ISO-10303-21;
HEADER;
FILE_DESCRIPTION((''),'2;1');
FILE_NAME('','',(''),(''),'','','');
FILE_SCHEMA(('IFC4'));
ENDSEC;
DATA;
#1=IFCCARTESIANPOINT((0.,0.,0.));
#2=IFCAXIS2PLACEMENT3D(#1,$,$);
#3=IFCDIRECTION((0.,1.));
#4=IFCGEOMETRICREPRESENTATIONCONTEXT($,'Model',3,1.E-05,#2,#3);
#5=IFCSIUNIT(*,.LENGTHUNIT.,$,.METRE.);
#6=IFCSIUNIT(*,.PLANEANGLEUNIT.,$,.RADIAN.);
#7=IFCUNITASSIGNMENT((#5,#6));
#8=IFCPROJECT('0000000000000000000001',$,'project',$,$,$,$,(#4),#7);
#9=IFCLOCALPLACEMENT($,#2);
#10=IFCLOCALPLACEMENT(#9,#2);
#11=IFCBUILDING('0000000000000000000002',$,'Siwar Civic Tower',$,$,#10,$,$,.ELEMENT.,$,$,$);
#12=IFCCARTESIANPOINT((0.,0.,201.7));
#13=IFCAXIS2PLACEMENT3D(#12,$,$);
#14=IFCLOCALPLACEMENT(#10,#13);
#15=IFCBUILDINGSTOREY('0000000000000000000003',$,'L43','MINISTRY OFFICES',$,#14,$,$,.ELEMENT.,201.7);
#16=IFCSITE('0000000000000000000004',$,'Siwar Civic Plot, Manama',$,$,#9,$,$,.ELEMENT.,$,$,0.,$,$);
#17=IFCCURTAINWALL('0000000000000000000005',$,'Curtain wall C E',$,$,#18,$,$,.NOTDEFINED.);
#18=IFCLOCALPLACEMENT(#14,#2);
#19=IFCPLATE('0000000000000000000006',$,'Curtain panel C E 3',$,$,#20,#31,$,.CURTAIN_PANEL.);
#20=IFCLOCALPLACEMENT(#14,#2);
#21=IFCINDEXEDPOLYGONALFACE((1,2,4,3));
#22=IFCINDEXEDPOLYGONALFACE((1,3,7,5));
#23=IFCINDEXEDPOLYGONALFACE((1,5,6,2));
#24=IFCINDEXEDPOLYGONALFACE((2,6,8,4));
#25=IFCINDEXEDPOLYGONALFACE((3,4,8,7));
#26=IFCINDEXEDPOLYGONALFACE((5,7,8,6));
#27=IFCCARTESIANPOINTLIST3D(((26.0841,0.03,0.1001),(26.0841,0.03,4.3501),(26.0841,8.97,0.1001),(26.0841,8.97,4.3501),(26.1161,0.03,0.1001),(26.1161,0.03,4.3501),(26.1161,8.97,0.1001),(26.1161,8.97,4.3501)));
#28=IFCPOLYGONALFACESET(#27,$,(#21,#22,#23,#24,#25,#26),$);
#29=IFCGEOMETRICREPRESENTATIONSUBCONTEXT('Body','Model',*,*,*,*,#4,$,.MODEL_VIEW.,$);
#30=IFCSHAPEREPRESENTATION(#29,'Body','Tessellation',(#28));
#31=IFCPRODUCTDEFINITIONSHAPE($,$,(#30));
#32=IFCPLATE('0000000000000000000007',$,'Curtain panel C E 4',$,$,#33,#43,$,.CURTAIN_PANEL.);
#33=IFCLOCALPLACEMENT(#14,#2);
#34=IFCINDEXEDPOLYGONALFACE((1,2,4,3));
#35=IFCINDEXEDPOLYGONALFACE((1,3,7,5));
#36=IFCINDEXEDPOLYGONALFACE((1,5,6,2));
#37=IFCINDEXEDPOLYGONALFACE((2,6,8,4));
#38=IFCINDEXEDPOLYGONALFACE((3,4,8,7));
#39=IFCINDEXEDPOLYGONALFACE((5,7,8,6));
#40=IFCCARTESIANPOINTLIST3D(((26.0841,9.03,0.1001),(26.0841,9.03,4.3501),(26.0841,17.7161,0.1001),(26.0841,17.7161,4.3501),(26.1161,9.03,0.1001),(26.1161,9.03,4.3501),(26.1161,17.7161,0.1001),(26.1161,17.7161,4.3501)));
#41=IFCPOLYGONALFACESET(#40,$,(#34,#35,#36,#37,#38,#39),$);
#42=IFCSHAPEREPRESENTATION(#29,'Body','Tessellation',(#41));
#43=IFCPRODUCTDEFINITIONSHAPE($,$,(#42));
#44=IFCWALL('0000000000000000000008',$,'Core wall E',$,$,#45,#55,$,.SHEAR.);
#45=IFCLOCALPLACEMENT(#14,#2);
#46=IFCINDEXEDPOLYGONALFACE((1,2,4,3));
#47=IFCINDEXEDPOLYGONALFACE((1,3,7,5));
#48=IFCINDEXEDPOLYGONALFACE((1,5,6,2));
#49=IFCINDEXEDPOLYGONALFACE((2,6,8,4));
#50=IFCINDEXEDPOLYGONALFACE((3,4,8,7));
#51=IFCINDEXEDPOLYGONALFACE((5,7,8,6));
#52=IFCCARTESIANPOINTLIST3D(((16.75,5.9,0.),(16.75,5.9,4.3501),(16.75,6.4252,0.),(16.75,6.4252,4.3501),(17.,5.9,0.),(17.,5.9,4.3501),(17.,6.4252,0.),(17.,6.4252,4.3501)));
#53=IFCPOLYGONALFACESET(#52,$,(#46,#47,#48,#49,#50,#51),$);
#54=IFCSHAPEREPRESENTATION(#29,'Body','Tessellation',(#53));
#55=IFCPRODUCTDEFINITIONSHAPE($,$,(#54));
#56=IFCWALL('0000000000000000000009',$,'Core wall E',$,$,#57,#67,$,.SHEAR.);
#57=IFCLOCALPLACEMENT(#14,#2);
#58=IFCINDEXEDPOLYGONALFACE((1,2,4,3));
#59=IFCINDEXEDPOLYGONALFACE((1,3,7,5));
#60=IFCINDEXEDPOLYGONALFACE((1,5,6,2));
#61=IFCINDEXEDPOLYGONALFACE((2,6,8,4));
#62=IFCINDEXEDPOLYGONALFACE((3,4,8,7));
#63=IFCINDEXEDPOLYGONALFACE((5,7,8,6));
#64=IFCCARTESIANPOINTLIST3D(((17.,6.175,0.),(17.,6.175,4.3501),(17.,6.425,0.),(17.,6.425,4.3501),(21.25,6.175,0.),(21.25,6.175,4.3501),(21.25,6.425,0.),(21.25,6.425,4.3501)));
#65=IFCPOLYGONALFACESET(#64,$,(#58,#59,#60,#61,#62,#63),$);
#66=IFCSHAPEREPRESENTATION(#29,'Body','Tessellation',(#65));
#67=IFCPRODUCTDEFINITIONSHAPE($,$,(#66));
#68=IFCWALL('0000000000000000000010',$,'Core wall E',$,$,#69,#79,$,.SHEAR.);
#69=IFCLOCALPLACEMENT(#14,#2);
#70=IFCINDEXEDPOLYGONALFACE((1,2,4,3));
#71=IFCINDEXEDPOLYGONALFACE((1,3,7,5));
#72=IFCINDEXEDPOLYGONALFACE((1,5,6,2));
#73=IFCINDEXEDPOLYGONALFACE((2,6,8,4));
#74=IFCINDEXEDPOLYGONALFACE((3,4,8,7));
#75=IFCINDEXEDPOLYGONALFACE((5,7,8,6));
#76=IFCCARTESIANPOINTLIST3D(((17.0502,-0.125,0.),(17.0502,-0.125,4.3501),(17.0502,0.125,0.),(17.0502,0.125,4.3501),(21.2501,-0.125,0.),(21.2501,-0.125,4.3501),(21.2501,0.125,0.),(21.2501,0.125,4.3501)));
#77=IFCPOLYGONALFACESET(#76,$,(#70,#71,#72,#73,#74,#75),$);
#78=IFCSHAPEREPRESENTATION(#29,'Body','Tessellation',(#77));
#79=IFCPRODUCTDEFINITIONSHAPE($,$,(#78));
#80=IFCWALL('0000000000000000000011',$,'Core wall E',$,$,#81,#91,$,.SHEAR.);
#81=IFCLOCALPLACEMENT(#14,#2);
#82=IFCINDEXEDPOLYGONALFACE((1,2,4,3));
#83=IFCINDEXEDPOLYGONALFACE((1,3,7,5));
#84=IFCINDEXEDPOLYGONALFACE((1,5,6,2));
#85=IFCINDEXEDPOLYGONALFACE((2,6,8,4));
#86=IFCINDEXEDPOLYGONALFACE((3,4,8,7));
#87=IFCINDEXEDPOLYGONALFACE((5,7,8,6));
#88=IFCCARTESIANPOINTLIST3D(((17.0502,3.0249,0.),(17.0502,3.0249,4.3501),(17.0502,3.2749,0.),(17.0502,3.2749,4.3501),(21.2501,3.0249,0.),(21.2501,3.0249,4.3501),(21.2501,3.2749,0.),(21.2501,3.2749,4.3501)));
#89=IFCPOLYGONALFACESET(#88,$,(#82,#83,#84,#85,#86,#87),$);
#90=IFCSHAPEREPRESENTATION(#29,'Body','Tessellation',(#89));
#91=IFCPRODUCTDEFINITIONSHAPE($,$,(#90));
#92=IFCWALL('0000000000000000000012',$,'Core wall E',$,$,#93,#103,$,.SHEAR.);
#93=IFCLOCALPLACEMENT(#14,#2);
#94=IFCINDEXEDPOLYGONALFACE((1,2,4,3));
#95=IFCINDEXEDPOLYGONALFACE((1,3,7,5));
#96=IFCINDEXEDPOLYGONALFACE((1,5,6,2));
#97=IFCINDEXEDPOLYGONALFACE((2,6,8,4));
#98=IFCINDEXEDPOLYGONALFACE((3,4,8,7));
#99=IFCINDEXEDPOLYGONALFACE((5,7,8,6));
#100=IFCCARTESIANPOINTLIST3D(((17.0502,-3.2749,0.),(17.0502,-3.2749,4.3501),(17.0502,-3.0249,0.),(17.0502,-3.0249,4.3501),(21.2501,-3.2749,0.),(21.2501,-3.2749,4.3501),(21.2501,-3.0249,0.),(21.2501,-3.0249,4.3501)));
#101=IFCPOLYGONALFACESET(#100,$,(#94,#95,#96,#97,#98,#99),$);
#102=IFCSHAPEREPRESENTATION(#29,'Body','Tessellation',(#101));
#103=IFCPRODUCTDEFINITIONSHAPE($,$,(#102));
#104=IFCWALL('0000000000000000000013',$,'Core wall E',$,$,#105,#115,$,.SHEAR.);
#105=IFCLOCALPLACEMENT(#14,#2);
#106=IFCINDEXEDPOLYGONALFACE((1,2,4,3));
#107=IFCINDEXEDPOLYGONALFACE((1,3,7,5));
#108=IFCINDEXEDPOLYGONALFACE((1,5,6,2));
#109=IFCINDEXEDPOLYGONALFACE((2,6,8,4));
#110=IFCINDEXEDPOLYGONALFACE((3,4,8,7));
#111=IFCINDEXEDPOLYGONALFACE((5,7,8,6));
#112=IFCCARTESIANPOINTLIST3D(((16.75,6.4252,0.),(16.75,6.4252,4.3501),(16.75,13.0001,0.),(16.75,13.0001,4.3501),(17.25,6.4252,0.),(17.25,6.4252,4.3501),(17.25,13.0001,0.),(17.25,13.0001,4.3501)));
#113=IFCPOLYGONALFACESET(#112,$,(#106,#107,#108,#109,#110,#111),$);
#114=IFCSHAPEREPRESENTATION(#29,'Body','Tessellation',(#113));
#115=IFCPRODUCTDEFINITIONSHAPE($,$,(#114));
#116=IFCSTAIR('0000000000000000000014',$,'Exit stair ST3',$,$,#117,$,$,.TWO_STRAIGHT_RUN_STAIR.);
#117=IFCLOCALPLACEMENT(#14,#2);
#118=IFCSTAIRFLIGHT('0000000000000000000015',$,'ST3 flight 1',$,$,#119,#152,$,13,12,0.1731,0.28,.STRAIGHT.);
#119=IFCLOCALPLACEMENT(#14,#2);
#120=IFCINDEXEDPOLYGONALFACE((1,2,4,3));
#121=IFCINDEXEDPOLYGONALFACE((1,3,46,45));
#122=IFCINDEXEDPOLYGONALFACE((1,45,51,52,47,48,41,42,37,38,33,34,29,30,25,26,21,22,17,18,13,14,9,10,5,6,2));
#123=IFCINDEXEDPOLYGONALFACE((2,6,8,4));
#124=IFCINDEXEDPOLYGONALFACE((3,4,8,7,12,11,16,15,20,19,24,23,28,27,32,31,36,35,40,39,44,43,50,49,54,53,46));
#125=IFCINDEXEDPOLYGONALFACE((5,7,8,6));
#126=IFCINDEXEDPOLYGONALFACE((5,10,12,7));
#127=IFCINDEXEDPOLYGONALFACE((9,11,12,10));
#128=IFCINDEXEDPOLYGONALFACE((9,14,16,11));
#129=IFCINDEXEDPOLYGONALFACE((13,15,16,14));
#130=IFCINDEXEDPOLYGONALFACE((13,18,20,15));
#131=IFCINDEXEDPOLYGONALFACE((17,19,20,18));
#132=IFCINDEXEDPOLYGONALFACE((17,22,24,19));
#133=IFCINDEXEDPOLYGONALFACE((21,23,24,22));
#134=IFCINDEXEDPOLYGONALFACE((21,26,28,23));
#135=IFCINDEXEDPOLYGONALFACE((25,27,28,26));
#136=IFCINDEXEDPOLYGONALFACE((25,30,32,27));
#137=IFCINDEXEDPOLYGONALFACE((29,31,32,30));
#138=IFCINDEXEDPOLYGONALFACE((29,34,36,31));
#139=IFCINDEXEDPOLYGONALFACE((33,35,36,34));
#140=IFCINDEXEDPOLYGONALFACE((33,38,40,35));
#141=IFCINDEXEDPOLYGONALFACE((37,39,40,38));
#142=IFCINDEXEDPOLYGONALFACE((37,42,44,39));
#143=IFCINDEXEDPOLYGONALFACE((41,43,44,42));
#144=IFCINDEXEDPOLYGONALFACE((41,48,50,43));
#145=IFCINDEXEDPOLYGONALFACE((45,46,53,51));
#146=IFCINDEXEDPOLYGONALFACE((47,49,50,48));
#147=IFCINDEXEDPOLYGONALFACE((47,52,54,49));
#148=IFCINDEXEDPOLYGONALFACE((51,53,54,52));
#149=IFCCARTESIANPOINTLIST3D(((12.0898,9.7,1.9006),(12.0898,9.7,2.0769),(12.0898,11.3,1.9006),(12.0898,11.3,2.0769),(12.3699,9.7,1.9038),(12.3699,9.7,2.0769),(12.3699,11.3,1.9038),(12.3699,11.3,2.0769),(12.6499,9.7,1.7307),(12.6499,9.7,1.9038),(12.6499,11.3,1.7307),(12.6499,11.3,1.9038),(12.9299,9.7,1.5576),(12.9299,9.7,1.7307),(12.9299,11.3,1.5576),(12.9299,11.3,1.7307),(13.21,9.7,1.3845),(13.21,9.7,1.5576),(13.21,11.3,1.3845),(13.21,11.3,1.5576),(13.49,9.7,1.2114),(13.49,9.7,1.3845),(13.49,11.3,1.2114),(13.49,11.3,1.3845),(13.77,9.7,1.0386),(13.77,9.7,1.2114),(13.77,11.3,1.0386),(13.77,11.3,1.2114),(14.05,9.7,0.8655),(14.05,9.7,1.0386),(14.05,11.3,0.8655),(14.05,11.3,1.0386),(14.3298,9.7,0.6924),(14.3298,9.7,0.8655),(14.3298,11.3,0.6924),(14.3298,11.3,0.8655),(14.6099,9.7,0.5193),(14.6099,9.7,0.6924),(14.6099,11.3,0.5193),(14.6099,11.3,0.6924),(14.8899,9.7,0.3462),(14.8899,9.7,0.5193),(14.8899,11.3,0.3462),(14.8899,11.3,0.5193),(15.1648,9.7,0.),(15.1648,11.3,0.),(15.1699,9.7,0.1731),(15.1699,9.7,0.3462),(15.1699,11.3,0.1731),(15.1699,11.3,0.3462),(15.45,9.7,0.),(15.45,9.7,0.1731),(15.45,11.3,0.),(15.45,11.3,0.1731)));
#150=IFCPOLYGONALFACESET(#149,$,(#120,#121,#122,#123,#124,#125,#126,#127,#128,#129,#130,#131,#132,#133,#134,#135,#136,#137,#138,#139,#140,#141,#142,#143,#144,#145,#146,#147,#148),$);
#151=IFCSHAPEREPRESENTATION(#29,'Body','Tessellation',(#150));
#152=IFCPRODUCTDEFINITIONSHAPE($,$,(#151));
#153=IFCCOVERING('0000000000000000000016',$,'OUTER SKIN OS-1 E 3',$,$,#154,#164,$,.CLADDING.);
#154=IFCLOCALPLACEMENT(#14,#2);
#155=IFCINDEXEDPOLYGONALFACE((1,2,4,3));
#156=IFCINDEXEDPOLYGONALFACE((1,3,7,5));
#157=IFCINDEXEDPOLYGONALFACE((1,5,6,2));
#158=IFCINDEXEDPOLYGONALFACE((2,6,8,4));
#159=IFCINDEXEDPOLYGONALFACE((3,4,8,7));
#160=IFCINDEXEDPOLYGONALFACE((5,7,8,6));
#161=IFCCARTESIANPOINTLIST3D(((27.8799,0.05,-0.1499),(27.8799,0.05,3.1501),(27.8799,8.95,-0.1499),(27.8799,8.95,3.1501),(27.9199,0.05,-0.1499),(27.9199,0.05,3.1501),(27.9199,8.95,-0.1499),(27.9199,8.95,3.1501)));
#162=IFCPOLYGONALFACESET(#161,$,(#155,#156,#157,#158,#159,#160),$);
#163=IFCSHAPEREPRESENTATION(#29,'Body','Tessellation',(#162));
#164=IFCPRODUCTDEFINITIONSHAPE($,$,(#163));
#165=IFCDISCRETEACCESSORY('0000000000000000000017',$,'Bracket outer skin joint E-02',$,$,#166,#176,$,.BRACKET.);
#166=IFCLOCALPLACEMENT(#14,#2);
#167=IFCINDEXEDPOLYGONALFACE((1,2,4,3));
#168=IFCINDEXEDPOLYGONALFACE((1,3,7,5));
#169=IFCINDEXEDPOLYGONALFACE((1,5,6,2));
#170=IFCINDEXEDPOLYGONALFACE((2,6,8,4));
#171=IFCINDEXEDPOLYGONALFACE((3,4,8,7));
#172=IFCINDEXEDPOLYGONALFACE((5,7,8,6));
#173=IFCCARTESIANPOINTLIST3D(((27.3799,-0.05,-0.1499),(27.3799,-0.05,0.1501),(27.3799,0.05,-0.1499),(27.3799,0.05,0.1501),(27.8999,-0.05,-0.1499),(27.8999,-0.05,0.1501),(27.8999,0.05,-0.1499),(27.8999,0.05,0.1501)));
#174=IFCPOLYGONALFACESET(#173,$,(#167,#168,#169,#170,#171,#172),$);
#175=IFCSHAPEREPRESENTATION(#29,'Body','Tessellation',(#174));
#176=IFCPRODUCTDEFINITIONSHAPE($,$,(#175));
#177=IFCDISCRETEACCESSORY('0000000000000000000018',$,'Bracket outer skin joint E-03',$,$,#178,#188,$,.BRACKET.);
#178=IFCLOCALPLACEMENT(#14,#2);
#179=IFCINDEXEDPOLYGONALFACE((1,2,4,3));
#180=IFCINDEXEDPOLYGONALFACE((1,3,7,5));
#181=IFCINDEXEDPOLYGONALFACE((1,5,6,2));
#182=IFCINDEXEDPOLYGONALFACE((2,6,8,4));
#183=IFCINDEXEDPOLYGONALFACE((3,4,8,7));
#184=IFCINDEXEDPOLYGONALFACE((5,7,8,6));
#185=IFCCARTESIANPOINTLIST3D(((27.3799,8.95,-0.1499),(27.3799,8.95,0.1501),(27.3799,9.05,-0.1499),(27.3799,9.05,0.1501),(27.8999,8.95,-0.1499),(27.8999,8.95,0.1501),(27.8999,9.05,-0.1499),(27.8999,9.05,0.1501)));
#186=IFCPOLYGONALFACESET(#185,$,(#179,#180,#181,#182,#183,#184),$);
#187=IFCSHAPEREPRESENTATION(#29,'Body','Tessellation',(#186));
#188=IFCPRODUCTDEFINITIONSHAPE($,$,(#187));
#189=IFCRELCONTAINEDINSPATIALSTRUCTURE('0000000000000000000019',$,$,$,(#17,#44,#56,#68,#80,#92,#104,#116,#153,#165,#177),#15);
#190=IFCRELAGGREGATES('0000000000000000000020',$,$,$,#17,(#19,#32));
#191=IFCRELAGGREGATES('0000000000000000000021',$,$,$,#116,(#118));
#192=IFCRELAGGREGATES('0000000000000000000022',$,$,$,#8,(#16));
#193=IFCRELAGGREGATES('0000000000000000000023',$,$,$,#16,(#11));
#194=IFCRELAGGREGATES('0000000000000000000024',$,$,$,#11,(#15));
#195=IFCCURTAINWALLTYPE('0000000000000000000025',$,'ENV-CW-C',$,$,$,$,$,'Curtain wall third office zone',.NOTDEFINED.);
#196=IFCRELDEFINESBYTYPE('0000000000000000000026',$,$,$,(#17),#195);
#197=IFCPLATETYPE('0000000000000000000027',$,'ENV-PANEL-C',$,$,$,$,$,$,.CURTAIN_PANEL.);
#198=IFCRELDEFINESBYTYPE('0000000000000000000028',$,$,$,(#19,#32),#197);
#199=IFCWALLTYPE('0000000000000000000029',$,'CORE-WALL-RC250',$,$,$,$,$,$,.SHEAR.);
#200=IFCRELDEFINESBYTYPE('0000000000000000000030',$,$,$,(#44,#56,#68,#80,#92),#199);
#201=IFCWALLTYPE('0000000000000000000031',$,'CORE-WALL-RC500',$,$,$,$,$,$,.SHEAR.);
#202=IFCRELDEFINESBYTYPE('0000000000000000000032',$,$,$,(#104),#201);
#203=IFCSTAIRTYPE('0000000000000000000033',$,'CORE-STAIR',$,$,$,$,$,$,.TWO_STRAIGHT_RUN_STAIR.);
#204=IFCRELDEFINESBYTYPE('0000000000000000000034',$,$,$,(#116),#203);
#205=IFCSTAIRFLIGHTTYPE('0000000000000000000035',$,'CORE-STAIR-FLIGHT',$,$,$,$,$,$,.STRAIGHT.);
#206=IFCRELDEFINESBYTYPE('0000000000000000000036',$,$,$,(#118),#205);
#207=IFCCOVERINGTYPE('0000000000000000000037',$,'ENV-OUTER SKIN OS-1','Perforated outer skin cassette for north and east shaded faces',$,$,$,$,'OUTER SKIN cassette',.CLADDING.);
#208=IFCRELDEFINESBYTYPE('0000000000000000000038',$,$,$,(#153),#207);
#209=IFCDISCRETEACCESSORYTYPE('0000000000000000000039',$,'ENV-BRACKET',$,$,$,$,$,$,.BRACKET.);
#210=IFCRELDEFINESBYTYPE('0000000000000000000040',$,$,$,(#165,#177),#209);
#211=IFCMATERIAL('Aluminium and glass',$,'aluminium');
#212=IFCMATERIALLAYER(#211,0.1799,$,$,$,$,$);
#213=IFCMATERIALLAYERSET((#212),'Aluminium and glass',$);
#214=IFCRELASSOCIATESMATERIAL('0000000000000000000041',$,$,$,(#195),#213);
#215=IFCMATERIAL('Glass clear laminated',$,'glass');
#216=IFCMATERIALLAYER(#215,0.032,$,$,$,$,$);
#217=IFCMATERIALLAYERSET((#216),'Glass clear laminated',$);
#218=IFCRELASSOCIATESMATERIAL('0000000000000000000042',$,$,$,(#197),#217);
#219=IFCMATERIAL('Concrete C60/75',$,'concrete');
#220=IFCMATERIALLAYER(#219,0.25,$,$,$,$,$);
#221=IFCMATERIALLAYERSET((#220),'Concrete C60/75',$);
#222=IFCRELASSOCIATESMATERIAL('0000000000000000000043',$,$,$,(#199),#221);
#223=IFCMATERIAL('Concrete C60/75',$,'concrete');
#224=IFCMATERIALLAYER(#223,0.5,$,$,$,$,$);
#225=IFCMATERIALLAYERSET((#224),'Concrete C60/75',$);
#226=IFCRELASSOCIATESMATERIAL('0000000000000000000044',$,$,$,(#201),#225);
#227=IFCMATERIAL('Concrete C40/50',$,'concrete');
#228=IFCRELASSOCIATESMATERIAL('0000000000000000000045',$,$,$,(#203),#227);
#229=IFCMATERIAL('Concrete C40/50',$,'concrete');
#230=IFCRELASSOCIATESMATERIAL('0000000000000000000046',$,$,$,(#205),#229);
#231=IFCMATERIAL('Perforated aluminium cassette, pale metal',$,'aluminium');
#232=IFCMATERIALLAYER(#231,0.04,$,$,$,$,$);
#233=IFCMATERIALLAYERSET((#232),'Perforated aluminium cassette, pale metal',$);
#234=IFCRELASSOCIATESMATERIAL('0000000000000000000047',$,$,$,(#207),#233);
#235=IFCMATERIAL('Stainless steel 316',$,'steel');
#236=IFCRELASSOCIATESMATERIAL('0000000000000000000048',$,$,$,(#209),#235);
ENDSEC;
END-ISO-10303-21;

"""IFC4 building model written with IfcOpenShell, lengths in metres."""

from ifc_helpers import new_model, si_unit, direction, frame, frame_2d, origin, origin_2d, place, context, subcontext, project, spatial, polyline, rectangle, outline, extrude, material, layer, layer_set, type_object, element, aggregate, save


model = new_model("IFC4")

# Units and contexts
model_context = context("Model", 3, precision=1e-05, world=origin(), true_north=direction((0.0, 1.0)))
body_context = subcontext(model_context, "Body", "Model", "MODEL_VIEW")
ifc_project = project(units=[si_unit("LENGTHUNIT", "METRE"), si_unit("PLANEANGLEUNIT", "RADIAN")], contexts=[model_context])

# Site, building, storey
site_placement = place(None, origin())
site = spatial("IfcSite", under=ifc_project, at=site_placement, Name="Siwar Civic Plot, Manama", CompositionType="ELEMENT", RefElevation=0.0)
building_placement = place(site_placement, origin())
building = spatial("IfcBuilding", under=site, at=building_placement, Name="Siwar Civic Tower", CompositionType="ELEMENT")
storey_placement = place(building_placement, frame((0.0, 0.0, 201.7)))
storey = spatial("IfcBuildingStorey", under=building, at=storey_placement, Name="L43", Description="MINISTRY OFFICES", CompositionType="ELEMENT", Elevation=201.7)

# Curtain wall
ifc_material_1 = material(Name="Aluminium and glass", Category="aluminium")
ifc_layer_1 = layer(ifc_material_1, 0.1799)
ifc_layer_set_1 = layer_set([ifc_layer_1], Name="Aluminium and glass")
curtain_wall_type = type_object("IfcCurtainWallType", Name="ENV-CW-C", ElementType="Curtain wall third office zone", PredefinedType="NOTDEFINED", material=ifc_layer_set_1)
curtain_wall_placement = place(storey_placement, origin())
curtain_wall = element("IfcCurtainWall", 1, at=curtain_wall_placement, inside=storey, type_object=curtain_wall_type, Name="Curtain wall C E", PredefinedType="NOTDEFINED")

# Plates
ifc_material_2 = material(Name="Glass clear laminated", Category="glass")
ifc_layer_2 = layer(ifc_material_2, 0.032)
ifc_layer_set_2 = layer_set([ifc_layer_2], Name="Glass clear laminated")
plate_type = type_object("IfcPlateType", Name="ENV-PANEL-C", PredefinedType="CURTAIN_PANEL", material=ifc_layer_set_2)
plate_1_placement = place(storey_placement, frame((26.1001, 4.5, 0.1001), z_axis=(0.0, 0.0, 1.0), x_axis=(0.0, 1.0, 0.0)))
plate_1 = element("IfcPlate", 2, at=plate_1_placement, type_object=plate_type, Name="Curtain panel C E 3", PredefinedType="CURTAIN_PANEL", context=body_context, shape_type="SweptSolid", body=[
    extrude(rectangle(XDim=8.9399, YDim=0.032, at=origin_2d()), origin(), (0.0, 0.0, 1.0), 4.25),
])
plate_2_placement = place(storey_placement, frame((26.1001, 13.373, 0.1001), z_axis=(0.0, 0.0, 1.0), x_axis=(0.0, 1.0, 0.0)))
plate_2 = element("IfcPlate", 3, at=plate_2_placement, type_object=plate_type, Name="Curtain panel C E 4", PredefinedType="CURTAIN_PANEL", context=body_context, shape_type="SweptSolid", body=[
    extrude(rectangle(XDim=8.686, YDim=0.032, at=origin_2d()), origin(), (0.0, 0.0, 1.0), 4.25),
])
aggregate(curtain_wall, [plate_1, plate_2])

# Walls
ifc_material_3 = material(Name="Concrete C60/75", Category="concrete")
ifc_layer_3 = layer(ifc_material_3, 0.25)
ifc_layer_set_3 = layer_set([ifc_layer_3], Name="Concrete C60/75")
wall_type_1 = type_object("IfcWallType", Name="CORE-WALL-RC250", PredefinedType="SHEAR", material=ifc_layer_set_3)
wall_1_placement = place(storey_placement, frame((16.875, 5.8999, 0.0), z_axis=(0.0, 0.0, 1.0), x_axis=(0.0, 1.0, 0.0)))
element("IfcWall", 4, at=wall_1_placement, inside=storey, type_object=wall_type_1, Name="Core wall E", PredefinedType="SHEAR", context=body_context, shape_type="SweptSolid", body=[
    extrude(rectangle(XDim=0.5251, YDim=0.25, at=frame_2d((0.2627, 0.0))), origin(), (0.0, 0.0, 1.0), 4.3501),
])
wall_2_placement = place(storey_placement, frame((17.0, 6.3, 0.0), z_axis=(0.0, 0.0, 1.0), x_axis=(1.0, 0.0, 0.0)))
element("IfcWall", 5, at=wall_2_placement, inside=storey, type_object=wall_type_1, Name="Core wall E", PredefinedType="SHEAR", context=body_context, shape_type="SweptSolid", body=[
    extrude(rectangle(XDim=4.25, YDim=0.25, at=frame_2d((2.125, 0.0))), origin(), (0.0, 0.0, 1.0), 4.3501),
])
for number, where, z_axis, x_axis, name in (
    (6, (17.05, 0.0, 0.0), (0.0, 0.0, 1.0), (1.0, 0.0, 0.0), "Core wall E"),
    (7, (17.05, 3.1499, 0.0), (0.0, 0.0, 1.0), (1.0, 0.0, 0.0), "Core wall E"),
    (8, (17.05, -3.1499, 0.0), (0.0, 0.0, 1.0), (1.0, 0.0, 0.0), "Core wall E"),
):
    element("IfcWall", number, at=place(storey_placement, frame(where, z_axis=z_axis, x_axis=x_axis)), inside=storey, type_object=wall_type_1, Name=name, PredefinedType="SHEAR", context=body_context, shape_type="SweptSolid", body=[
        extrude(rectangle(XDim=4.2, YDim=0.25, at=frame_2d((2.1001, 0.0))), origin(), (0.0, 0.0, 1.0), 4.3501),
    ])
ifc_material_4 = material(Name="Concrete C60/75", Category="concrete")
ifc_layer_4 = layer(ifc_material_4, 0.5)
ifc_layer_set_4 = layer_set([ifc_layer_4], Name="Concrete C60/75")
wall_type_2 = type_object("IfcWallType", Name="CORE-WALL-RC500", PredefinedType="SHEAR", material=ifc_layer_set_4)
wall_3_placement = place(storey_placement, frame((17.0, 6.425, 0.0), z_axis=(0.0, 0.0, 1.0), x_axis=(0.0, 1.0, 0.0)))
element("IfcWall", 9, at=wall_3_placement, inside=storey, type_object=wall_type_2, Name="Core wall E", PredefinedType="SHEAR", context=body_context, shape_type="SweptSolid", body=[
    extrude(rectangle(XDim=6.575, YDim=0.5, at=frame_2d((3.2876, 0.0))), origin(), (0.0, 0.0, 1.0), 4.3501),
])

# Stair, stair flight
ifc_material_5 = material(Name="Concrete C40/50", Category="concrete")
stair_type = type_object("IfcStairType", Name="CORE-STAIR", PredefinedType="TWO_STRAIGHT_RUN_STAIR", material=ifc_material_5)
stair_placement = place(storey_placement, origin())
stair = element("IfcStair", 10, at=stair_placement, inside=storey, type_object=stair_type, Name="Exit stair ST3", PredefinedType="TWO_STRAIGHT_RUN_STAIR")
ifc_material_6 = material(Name="Concrete C40/50", Category="concrete")
stair_flight_type = type_object("IfcStairFlightType", Name="CORE-STAIR-FLIGHT", PredefinedType="STRAIGHT", material=ifc_material_6)
stair_flight_placement = place(storey_placement, frame((15.45, 10.5, 0.0), z_axis=(0.0, 0.0, 1.0), x_axis=(-1.0, 0.0, 0.0)))
stair_flight = element("IfcStairFlight", 11, at=stair_flight_placement, type_object=stair_flight_type, Name="ST3 flight 1", NumberOfRisers=13, NumberOfTreads=12, PredefinedType="STRAIGHT", RiserHeight=0.1731, TreadLength=0.28, context=body_context, shape_type="SweptSolid", body=[
    extrude(outline(polyline([(0.0, 0.0), (0.0, 0.1731), (0.28, 0.1731), (0.28, 0.3462), (0.5601, 0.3462), (0.5601, 0.5193), (0.8401, 0.5193), (0.8401, 0.6924), (1.1201, 0.6924), (1.1201, 0.8655), (1.3999, 0.8655), (1.3999, 1.0386), (1.6799, 1.0386), (1.6799, 1.2114), (1.96, 1.2114), (1.96, 1.3845), (2.24, 1.3845), (2.24, 1.5576), (2.52, 1.5576), (2.52, 1.7307), (2.8, 1.7307), (2.8, 1.9038), (3.0801, 1.9038), (3.0801, 2.0769), (3.3601, 2.0769), (3.3601, 2.25), (3.3601, 1.9006), (0.2852, 0.0), (0.0, 0.0)])), frame((0.0, 0.8, 0.0), z_axis=(0.0, -1.0, 0.0), x_axis=(1.0, 0.0, 0.0)), (0.0, 0.0, 1.0), 1.6001),
])
aggregate(stair, [stair_flight])

# Covering
ifc_material_7 = material(Name="Perforated aluminium cassette, pale metal", Category="aluminium")
ifc_layer_5 = layer(ifc_material_7, 0.04)
ifc_layer_set_5 = layer_set([ifc_layer_5], Name="Perforated aluminium cassette, pale metal")
covering_type = type_object("IfcCoveringType", Name="ENV-OUTER SKIN OS-1", Description="Perforated outer skin cassette for north and east shaded faces", ElementType="OUTER SKIN cassette", PredefinedType="CLADDING", material=ifc_layer_set_5)
covering_placement = place(storey_placement, frame((27.8999, 4.5, -0.1499), z_axis=(0.0, 0.0, 1.0), x_axis=(0.0, 1.0, 0.0)))
element("IfcCovering", 12, at=covering_placement, inside=storey, type_object=covering_type, Name="OUTER SKIN OS-1 E 3", PredefinedType="CLADDING", context=body_context, shape_type="SweptSolid", body=[
    extrude(rectangle(XDim=8.8999, YDim=0.04, at=origin_2d()), origin(), (0.0, 0.0, 1.0), 3.3),
])

# Discrete accessories
ifc_material_8 = material(Name="Stainless steel 316", Category="steel")
discrete_accessory_type = type_object("IfcDiscreteAccessoryType", Name="ENV-BRACKET", PredefinedType="BRACKET", material=ifc_material_8)
for number, where, z_axis, x_axis, name in (
    (13, (27.6399, 0.0, -0.1499), (0.0, 0.0, 1.0), (1.0, 0.0, 0.0), "Bracket outer skin joint E-02"),
    (14, (27.6399, 9.0, -0.1499), (0.0, 0.0, 1.0), (1.0, 0.0, 0.0), "Bracket outer skin joint E-03"),
):
    element("IfcDiscreteAccessory", number, at=place(storey_placement, frame(where, z_axis=z_axis, x_axis=x_axis)), inside=storey, type_object=discrete_accessory_type, Name=name, PredefinedType="BRACKET", context=body_context, shape_type="SweptSolid", body=[
        extrude(rectangle(XDim=0.52, YDim=0.1001, at=origin_2d()), origin(), (0.0, 0.0, 1.0), 0.3),
    ])

save(model, "model.ifc")
